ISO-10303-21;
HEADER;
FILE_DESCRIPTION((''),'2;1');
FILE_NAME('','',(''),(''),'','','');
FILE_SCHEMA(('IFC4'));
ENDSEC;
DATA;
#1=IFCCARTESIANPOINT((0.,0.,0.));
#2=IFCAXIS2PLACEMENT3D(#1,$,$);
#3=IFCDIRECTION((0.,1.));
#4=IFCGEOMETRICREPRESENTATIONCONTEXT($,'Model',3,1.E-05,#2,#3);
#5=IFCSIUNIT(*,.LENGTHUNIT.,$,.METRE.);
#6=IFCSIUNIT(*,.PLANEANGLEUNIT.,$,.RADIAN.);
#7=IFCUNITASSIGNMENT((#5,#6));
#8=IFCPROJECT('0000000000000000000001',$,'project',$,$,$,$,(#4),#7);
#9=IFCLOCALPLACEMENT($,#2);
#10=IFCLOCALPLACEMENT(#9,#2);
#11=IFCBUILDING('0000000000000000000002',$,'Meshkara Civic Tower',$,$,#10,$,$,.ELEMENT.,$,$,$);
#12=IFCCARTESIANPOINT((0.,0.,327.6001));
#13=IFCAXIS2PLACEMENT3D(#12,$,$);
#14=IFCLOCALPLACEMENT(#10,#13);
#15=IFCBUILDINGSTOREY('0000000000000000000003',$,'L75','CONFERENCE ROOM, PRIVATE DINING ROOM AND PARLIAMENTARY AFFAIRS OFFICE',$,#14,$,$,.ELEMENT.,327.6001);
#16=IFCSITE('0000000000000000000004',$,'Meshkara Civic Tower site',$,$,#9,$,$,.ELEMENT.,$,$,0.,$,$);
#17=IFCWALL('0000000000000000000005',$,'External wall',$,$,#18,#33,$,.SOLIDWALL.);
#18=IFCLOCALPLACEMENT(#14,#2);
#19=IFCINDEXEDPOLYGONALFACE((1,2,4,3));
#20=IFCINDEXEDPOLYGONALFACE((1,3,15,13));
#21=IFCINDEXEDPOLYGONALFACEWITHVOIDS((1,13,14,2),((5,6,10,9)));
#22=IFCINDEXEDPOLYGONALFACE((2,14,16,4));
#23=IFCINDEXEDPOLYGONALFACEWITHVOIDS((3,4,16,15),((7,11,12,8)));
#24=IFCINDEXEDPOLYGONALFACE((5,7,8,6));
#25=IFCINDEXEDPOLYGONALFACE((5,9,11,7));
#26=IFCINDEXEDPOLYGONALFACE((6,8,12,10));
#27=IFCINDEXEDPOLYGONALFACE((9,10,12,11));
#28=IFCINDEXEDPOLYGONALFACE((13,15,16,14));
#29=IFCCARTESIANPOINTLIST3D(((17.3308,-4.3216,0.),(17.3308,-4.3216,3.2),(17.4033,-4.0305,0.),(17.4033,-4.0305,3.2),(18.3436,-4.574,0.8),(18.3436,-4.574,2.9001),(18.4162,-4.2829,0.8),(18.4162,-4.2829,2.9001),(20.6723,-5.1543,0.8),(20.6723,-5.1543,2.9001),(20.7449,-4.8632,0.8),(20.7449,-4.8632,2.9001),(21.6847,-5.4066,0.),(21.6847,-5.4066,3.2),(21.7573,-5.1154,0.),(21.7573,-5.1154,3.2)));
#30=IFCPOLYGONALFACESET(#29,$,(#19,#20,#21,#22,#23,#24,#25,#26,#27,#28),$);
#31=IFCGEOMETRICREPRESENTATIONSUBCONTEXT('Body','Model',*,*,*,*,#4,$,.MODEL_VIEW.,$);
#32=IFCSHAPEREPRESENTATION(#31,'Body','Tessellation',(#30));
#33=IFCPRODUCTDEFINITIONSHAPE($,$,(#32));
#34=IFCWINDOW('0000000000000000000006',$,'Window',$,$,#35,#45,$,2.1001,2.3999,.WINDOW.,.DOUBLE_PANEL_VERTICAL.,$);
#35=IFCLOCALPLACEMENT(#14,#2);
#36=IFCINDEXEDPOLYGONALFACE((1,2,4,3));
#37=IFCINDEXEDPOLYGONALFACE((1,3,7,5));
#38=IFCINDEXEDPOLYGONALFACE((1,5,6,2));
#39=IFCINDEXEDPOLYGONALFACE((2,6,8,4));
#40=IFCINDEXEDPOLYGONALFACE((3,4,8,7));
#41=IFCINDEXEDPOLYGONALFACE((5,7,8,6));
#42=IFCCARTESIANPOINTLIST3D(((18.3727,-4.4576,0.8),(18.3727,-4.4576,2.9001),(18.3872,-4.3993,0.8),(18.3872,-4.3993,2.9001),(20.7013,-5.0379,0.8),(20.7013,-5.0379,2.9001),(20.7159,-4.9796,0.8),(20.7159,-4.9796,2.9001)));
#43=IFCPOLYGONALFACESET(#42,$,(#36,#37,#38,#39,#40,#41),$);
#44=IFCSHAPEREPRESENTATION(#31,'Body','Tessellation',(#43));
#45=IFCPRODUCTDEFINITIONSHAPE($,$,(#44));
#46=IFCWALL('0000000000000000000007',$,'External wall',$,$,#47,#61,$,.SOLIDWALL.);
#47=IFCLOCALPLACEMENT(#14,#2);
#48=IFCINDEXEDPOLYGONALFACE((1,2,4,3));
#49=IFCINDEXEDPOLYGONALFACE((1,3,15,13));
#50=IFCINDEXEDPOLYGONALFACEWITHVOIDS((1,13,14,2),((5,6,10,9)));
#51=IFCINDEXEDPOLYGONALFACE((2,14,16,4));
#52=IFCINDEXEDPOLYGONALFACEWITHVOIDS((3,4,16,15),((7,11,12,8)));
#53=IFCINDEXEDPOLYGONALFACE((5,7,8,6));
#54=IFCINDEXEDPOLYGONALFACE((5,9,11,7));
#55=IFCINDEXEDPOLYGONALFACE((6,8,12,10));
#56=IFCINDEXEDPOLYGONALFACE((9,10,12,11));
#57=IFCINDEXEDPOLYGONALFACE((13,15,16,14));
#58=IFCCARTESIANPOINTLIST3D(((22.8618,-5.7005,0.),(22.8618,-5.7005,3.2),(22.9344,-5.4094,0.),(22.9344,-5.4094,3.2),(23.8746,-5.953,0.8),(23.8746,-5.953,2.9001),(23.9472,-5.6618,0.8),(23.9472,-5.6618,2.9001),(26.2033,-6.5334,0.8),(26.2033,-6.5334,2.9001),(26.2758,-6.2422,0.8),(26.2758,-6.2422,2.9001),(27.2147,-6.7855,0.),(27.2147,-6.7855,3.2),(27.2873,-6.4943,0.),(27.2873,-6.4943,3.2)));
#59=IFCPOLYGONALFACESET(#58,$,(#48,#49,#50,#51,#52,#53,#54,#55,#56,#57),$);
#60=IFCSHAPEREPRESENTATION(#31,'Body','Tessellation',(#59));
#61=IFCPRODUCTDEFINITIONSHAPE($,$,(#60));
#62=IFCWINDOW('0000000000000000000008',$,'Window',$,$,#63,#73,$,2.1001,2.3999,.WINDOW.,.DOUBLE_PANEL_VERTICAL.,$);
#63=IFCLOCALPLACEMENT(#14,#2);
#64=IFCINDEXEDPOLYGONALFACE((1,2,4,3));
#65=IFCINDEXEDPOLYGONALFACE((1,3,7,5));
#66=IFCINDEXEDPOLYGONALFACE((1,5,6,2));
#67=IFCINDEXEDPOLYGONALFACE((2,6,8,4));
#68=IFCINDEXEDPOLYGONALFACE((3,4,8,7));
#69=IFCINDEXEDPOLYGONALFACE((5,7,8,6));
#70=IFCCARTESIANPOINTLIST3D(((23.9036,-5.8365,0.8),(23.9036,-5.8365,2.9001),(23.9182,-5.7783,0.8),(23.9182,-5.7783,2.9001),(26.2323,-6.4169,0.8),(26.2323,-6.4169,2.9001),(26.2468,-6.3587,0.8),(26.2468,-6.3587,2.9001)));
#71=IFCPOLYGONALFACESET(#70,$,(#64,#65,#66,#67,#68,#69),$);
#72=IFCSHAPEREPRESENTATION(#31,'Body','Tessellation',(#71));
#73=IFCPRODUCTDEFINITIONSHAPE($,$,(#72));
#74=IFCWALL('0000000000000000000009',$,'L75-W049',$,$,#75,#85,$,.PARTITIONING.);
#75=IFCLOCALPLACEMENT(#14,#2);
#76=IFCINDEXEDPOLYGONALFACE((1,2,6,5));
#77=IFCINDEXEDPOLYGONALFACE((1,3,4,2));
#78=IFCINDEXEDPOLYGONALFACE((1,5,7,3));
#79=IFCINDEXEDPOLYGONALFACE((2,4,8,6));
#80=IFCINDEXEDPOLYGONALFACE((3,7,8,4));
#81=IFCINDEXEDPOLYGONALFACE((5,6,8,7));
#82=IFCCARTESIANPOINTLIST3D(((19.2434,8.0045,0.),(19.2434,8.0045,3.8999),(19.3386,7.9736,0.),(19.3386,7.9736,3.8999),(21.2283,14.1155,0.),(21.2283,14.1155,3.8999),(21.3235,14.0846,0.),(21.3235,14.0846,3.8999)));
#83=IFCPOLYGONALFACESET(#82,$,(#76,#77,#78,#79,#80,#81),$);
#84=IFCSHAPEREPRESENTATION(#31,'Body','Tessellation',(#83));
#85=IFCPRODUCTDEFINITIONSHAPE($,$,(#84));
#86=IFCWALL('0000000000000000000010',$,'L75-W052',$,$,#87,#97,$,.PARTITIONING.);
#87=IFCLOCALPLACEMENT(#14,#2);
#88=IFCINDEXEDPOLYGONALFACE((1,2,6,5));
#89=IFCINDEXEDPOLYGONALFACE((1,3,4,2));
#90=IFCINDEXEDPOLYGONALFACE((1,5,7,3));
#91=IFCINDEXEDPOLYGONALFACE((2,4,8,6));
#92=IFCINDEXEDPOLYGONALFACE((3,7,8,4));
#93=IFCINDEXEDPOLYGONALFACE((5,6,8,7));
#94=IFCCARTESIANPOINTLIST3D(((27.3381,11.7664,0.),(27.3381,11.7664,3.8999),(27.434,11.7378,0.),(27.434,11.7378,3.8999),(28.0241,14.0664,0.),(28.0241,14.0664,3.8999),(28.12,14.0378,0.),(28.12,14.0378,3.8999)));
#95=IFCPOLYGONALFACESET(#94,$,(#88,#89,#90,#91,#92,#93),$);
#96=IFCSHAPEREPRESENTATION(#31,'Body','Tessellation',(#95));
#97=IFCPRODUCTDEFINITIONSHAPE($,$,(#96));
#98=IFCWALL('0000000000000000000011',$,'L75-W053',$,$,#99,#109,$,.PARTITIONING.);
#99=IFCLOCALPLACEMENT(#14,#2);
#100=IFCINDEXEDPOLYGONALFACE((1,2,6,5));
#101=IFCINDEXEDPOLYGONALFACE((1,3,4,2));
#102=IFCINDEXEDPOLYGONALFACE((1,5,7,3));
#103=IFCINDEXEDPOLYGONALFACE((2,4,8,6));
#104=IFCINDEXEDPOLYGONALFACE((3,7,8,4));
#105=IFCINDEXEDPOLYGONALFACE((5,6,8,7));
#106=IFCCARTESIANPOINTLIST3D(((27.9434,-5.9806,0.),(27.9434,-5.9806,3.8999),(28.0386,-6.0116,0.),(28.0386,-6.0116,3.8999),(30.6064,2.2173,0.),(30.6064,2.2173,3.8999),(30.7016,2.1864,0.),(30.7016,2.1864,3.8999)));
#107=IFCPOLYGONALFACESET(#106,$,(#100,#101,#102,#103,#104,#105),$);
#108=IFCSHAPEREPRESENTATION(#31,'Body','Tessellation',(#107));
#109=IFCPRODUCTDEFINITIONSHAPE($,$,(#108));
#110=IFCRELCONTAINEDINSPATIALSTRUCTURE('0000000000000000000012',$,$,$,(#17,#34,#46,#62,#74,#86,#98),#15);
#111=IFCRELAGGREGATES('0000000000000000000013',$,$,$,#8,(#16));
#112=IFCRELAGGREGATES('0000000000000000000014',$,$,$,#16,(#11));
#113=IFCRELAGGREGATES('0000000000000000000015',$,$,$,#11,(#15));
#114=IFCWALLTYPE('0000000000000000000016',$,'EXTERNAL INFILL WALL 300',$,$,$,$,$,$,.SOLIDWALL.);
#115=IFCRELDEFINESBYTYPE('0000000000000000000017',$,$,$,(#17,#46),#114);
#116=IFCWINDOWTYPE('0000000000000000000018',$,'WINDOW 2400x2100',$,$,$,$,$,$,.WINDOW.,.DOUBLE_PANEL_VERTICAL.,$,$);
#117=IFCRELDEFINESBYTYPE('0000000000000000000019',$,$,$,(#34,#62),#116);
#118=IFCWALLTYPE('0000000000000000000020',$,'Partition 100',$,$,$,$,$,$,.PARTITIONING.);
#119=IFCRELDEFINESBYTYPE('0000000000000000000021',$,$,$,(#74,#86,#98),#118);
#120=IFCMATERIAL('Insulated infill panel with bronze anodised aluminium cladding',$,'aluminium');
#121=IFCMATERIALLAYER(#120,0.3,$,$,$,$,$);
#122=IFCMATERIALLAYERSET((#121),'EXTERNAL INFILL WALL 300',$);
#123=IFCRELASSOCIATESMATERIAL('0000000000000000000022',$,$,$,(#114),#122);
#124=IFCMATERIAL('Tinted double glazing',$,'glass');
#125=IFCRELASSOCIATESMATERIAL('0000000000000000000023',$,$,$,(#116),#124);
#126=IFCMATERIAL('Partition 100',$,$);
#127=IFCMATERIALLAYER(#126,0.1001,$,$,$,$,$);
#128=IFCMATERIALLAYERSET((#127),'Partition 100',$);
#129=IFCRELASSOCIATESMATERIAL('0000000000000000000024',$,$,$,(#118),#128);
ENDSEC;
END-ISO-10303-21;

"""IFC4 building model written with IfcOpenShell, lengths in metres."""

from ifc_helpers import new_model, si_unit, direction, frame, frame_2d, origin, place, context, subcontext, project, spatial, rectangle, extrude, material, layer, layer_set, type_object, element, fill, save


model = new_model("IFC4")

# Units and contexts
model_context = context("Model", 3, precision=1e-05, world=origin(), true_north=direction((0.0, 1.0)))
body_context = subcontext(model_context, "Body", "Model", "MODEL_VIEW")
ifc_project = project(units=[si_unit("LENGTHUNIT", "METRE"), si_unit("PLANEANGLEUNIT", "RADIAN")], contexts=[model_context])

# Site, building, storey
site_placement = place(None, origin())
site = spatial("IfcSite", under=ifc_project, at=site_placement, Name="Meshkara Civic Tower site", CompositionType="ELEMENT", RefElevation=0.0)
building_placement = place(site_placement, origin())
building = spatial("IfcBuilding", under=site, at=building_placement, Name="Meshkara Civic Tower", CompositionType="ELEMENT")
storey_placement = place(building_placement, frame((0.0, 0.0, 327.6001)))
storey = spatial("IfcBuildingStorey", under=building, at=storey_placement, Name="L75", Description="CONFERENCE ROOM, PRIVATE DINING ROOM AND PARLIAMENTARY AFFAIRS OFFICE", CompositionType="ELEMENT", Elevation=327.6001)

# Walls, openings, windows
ifc_material_1 = material(Name="Insulated infill panel with bronze anodised aluminium cladding", Category="aluminium")
ifc_layer_1 = layer(ifc_material_1, 0.3)
ifc_layer_set_1 = layer_set([ifc_layer_1], Name="EXTERNAL INFILL WALL 300")
wall_type_1 = type_object("IfcWallType", Name="EXTERNAL INFILL WALL 300", PredefinedType="SOLIDWALL", material=ifc_layer_set_1)
wall_1_placement = place(storey_placement, frame((17.3669, -4.176, 0.0), z_axis=(0.0, 0.0, 1.0), x_axis=(0.970328, -0.241793, 0.0)))
wall_1 = element("IfcWall", 1, at=wall_1_placement, inside=storey, type_object=wall_type_1, Name="External wall", PredefinedType="SOLIDWALL", context=body_context, shape_type="SweptSolid", body=[
    extrude(rectangle(XDim=4.4871, YDim=0.3, at=frame_2d((2.2437, 0.0))), origin(), (0.0, 0.0, 1.0), 3.2),
])
opening_1_placement = place(wall_1_placement, frame((1.0439, 0.0, 0.8)))
opening_1 = element("IfcOpeningElement", 2, at=opening_1_placement, cuts=wall_1, PredefinedType="OPENING", context=body_context, shape_type="SweptSolid", body=[
    extrude(rectangle(XDim=2.3999, YDim=2.1001, at=frame_2d((1.2, 1.05))), frame((0.0, 0.1599, 0.0), z_axis=(0.0, -1.0, 0.0), x_axis=(1.0, 0.0, 0.0)), (0.0, 0.0, 1.0), 0.3201),
])
ifc_material_2 = material(Name="Tinted double glazing", Category="glass")
window_type = type_object("IfcWindowType", Name="WINDOW 2400x2100", PartitioningType="DOUBLE_PANEL_VERTICAL", PredefinedType="WINDOW", material=ifc_material_2)
window_1_placement = place(opening_1_placement, origin())
window_1 = element("IfcWindow", 3, at=window_1_placement, inside=storey, type_object=window_type, Name="Window", OverallHeight=2.1001, OverallWidth=2.3999, PartitioningType="DOUBLE_PANEL_VERTICAL", PredefinedType="WINDOW", context=body_context, shape_type="SweptSolid", body=[
    extrude(rectangle(XDim=2.3999, YDim=2.1001, at=frame_2d((1.2, 1.05))), frame((0.0, 0.03, 0.0), z_axis=(0.0, -1.0, 0.0), x_axis=(1.0, 0.0, 0.0)), (0.0, 0.0, 1.0), 0.0601),
])
fill(opening_1, window_1)
wall_2_placement = place(storey_placement, frame((22.8979, -5.5549, 0.0), z_axis=(0.0, 0.0, 1.0), x_axis=(0.970315, -0.241844, 0.0)))
wall_2 = element("IfcWall", 4, at=wall_2_placement, inside=storey, type_object=wall_type_1, Name="External wall", PredefinedType="SOLIDWALL", context=body_context, shape_type="SweptSolid", body=[
    extrude(rectangle(XDim=4.4861, YDim=0.3, at=frame_2d((2.2432, 0.0))), origin(), (0.0, 0.0, 1.0), 3.2),
])
opening_2_placement = place(wall_2_placement, frame((1.0439, 0.0, 0.8)))
opening_2 = element("IfcOpeningElement", 5, at=opening_2_placement, cuts=wall_2, PredefinedType="OPENING", context=body_context, shape_type="SweptSolid", body=[
    extrude(rectangle(XDim=2.3999, YDim=2.1001, at=frame_2d((1.2, 1.05))), frame((0.0, 0.1599, 0.0), z_axis=(0.0, -1.0, 0.0), x_axis=(1.0, 0.0, 0.0)), (0.0, 0.0, 1.0), 0.3201),
])
window_2_placement = place(opening_2_placement, origin())
window_2 = element("IfcWindow", 6, at=window_2_placement, inside=storey, type_object=window_type, Name="Window", OverallHeight=2.1001, OverallWidth=2.3999, PartitioningType="DOUBLE_PANEL_VERTICAL", PredefinedType="WINDOW", context=body_context, shape_type="SweptSolid", body=[
    extrude(rectangle(XDim=2.3999, YDim=2.1001, at=frame_2d((1.2, 1.05))), frame((0.0, 0.03, 0.0), z_axis=(0.0, -1.0, 0.0), x_axis=(1.0, 0.0, 0.0)), (0.0, 0.0, 1.0), 0.0601),
])
fill(opening_2, window_2)

# Walls
ifc_material_3 = material(Name="Partition 100")
ifc_layer_2 = layer(ifc_material_3, 0.1001)
ifc_layer_set_2 = layer_set([ifc_layer_2], Name="Partition 100")
wall_type_2 = type_object("IfcWallType", Name="Partition 100", PredefinedType="PARTITIONING", material=ifc_layer_set_2)
wall_3_placement = place(storey_placement, frame((19.291, 7.989, 0.0), z_axis=(0.0, 0.0, 1.0), x_axis=(0.308912, 0.951091, 0.0)))
element("IfcWall", 7, at=wall_3_placement, inside=storey, type_object=wall_type_2, Name="L75-W049", PredefinedType="PARTITIONING", context=body_context, shape_type="SweptSolid", body=[
    extrude(rectangle(XDim=6.4253, YDim=0.1001, at=frame_2d((3.2126, 0.0))), origin(), (0.0, 0.0, 1.0), 3.8999),
])
wall_4_placement = place(storey_placement, frame((27.386, 11.752, 0.0), z_axis=(0.0, 0.0, 1.0), x_axis=(0.285826, 0.958281, 0.0)))
element("IfcWall", 8, at=wall_4_placement, inside=storey, type_object=wall_type_2, Name="L75-W052", PredefinedType="PARTITIONING", context=body_context, shape_type="SweptSolid", body=[
    extrude(rectangle(XDim=2.4001, YDim=0.1001, at=frame_2d((1.2002, 0.0))), origin(), (0.0, 0.0, 1.0), 3.8999),
])
wall_5_placement = place(storey_placement, frame((27.991, -5.9961, 0.0), z_axis=(0.0, 0.0, 1.0), x_axis=(0.308953, 0.951077, 0.0)))
element("IfcWall", 9, at=wall_5_placement, inside=storey, type_object=wall_type_2, Name="L75-W053", PredefinedType="PARTITIONING", context=body_context, shape_type="SweptSolid", body=[
    extrude(rectangle(XDim=8.6196, YDim=0.1001, at=frame_2d((4.3098, 0.0))), origin(), (0.0, 0.0, 1.0), 3.8999),
])

save(model, "model.ifc")
